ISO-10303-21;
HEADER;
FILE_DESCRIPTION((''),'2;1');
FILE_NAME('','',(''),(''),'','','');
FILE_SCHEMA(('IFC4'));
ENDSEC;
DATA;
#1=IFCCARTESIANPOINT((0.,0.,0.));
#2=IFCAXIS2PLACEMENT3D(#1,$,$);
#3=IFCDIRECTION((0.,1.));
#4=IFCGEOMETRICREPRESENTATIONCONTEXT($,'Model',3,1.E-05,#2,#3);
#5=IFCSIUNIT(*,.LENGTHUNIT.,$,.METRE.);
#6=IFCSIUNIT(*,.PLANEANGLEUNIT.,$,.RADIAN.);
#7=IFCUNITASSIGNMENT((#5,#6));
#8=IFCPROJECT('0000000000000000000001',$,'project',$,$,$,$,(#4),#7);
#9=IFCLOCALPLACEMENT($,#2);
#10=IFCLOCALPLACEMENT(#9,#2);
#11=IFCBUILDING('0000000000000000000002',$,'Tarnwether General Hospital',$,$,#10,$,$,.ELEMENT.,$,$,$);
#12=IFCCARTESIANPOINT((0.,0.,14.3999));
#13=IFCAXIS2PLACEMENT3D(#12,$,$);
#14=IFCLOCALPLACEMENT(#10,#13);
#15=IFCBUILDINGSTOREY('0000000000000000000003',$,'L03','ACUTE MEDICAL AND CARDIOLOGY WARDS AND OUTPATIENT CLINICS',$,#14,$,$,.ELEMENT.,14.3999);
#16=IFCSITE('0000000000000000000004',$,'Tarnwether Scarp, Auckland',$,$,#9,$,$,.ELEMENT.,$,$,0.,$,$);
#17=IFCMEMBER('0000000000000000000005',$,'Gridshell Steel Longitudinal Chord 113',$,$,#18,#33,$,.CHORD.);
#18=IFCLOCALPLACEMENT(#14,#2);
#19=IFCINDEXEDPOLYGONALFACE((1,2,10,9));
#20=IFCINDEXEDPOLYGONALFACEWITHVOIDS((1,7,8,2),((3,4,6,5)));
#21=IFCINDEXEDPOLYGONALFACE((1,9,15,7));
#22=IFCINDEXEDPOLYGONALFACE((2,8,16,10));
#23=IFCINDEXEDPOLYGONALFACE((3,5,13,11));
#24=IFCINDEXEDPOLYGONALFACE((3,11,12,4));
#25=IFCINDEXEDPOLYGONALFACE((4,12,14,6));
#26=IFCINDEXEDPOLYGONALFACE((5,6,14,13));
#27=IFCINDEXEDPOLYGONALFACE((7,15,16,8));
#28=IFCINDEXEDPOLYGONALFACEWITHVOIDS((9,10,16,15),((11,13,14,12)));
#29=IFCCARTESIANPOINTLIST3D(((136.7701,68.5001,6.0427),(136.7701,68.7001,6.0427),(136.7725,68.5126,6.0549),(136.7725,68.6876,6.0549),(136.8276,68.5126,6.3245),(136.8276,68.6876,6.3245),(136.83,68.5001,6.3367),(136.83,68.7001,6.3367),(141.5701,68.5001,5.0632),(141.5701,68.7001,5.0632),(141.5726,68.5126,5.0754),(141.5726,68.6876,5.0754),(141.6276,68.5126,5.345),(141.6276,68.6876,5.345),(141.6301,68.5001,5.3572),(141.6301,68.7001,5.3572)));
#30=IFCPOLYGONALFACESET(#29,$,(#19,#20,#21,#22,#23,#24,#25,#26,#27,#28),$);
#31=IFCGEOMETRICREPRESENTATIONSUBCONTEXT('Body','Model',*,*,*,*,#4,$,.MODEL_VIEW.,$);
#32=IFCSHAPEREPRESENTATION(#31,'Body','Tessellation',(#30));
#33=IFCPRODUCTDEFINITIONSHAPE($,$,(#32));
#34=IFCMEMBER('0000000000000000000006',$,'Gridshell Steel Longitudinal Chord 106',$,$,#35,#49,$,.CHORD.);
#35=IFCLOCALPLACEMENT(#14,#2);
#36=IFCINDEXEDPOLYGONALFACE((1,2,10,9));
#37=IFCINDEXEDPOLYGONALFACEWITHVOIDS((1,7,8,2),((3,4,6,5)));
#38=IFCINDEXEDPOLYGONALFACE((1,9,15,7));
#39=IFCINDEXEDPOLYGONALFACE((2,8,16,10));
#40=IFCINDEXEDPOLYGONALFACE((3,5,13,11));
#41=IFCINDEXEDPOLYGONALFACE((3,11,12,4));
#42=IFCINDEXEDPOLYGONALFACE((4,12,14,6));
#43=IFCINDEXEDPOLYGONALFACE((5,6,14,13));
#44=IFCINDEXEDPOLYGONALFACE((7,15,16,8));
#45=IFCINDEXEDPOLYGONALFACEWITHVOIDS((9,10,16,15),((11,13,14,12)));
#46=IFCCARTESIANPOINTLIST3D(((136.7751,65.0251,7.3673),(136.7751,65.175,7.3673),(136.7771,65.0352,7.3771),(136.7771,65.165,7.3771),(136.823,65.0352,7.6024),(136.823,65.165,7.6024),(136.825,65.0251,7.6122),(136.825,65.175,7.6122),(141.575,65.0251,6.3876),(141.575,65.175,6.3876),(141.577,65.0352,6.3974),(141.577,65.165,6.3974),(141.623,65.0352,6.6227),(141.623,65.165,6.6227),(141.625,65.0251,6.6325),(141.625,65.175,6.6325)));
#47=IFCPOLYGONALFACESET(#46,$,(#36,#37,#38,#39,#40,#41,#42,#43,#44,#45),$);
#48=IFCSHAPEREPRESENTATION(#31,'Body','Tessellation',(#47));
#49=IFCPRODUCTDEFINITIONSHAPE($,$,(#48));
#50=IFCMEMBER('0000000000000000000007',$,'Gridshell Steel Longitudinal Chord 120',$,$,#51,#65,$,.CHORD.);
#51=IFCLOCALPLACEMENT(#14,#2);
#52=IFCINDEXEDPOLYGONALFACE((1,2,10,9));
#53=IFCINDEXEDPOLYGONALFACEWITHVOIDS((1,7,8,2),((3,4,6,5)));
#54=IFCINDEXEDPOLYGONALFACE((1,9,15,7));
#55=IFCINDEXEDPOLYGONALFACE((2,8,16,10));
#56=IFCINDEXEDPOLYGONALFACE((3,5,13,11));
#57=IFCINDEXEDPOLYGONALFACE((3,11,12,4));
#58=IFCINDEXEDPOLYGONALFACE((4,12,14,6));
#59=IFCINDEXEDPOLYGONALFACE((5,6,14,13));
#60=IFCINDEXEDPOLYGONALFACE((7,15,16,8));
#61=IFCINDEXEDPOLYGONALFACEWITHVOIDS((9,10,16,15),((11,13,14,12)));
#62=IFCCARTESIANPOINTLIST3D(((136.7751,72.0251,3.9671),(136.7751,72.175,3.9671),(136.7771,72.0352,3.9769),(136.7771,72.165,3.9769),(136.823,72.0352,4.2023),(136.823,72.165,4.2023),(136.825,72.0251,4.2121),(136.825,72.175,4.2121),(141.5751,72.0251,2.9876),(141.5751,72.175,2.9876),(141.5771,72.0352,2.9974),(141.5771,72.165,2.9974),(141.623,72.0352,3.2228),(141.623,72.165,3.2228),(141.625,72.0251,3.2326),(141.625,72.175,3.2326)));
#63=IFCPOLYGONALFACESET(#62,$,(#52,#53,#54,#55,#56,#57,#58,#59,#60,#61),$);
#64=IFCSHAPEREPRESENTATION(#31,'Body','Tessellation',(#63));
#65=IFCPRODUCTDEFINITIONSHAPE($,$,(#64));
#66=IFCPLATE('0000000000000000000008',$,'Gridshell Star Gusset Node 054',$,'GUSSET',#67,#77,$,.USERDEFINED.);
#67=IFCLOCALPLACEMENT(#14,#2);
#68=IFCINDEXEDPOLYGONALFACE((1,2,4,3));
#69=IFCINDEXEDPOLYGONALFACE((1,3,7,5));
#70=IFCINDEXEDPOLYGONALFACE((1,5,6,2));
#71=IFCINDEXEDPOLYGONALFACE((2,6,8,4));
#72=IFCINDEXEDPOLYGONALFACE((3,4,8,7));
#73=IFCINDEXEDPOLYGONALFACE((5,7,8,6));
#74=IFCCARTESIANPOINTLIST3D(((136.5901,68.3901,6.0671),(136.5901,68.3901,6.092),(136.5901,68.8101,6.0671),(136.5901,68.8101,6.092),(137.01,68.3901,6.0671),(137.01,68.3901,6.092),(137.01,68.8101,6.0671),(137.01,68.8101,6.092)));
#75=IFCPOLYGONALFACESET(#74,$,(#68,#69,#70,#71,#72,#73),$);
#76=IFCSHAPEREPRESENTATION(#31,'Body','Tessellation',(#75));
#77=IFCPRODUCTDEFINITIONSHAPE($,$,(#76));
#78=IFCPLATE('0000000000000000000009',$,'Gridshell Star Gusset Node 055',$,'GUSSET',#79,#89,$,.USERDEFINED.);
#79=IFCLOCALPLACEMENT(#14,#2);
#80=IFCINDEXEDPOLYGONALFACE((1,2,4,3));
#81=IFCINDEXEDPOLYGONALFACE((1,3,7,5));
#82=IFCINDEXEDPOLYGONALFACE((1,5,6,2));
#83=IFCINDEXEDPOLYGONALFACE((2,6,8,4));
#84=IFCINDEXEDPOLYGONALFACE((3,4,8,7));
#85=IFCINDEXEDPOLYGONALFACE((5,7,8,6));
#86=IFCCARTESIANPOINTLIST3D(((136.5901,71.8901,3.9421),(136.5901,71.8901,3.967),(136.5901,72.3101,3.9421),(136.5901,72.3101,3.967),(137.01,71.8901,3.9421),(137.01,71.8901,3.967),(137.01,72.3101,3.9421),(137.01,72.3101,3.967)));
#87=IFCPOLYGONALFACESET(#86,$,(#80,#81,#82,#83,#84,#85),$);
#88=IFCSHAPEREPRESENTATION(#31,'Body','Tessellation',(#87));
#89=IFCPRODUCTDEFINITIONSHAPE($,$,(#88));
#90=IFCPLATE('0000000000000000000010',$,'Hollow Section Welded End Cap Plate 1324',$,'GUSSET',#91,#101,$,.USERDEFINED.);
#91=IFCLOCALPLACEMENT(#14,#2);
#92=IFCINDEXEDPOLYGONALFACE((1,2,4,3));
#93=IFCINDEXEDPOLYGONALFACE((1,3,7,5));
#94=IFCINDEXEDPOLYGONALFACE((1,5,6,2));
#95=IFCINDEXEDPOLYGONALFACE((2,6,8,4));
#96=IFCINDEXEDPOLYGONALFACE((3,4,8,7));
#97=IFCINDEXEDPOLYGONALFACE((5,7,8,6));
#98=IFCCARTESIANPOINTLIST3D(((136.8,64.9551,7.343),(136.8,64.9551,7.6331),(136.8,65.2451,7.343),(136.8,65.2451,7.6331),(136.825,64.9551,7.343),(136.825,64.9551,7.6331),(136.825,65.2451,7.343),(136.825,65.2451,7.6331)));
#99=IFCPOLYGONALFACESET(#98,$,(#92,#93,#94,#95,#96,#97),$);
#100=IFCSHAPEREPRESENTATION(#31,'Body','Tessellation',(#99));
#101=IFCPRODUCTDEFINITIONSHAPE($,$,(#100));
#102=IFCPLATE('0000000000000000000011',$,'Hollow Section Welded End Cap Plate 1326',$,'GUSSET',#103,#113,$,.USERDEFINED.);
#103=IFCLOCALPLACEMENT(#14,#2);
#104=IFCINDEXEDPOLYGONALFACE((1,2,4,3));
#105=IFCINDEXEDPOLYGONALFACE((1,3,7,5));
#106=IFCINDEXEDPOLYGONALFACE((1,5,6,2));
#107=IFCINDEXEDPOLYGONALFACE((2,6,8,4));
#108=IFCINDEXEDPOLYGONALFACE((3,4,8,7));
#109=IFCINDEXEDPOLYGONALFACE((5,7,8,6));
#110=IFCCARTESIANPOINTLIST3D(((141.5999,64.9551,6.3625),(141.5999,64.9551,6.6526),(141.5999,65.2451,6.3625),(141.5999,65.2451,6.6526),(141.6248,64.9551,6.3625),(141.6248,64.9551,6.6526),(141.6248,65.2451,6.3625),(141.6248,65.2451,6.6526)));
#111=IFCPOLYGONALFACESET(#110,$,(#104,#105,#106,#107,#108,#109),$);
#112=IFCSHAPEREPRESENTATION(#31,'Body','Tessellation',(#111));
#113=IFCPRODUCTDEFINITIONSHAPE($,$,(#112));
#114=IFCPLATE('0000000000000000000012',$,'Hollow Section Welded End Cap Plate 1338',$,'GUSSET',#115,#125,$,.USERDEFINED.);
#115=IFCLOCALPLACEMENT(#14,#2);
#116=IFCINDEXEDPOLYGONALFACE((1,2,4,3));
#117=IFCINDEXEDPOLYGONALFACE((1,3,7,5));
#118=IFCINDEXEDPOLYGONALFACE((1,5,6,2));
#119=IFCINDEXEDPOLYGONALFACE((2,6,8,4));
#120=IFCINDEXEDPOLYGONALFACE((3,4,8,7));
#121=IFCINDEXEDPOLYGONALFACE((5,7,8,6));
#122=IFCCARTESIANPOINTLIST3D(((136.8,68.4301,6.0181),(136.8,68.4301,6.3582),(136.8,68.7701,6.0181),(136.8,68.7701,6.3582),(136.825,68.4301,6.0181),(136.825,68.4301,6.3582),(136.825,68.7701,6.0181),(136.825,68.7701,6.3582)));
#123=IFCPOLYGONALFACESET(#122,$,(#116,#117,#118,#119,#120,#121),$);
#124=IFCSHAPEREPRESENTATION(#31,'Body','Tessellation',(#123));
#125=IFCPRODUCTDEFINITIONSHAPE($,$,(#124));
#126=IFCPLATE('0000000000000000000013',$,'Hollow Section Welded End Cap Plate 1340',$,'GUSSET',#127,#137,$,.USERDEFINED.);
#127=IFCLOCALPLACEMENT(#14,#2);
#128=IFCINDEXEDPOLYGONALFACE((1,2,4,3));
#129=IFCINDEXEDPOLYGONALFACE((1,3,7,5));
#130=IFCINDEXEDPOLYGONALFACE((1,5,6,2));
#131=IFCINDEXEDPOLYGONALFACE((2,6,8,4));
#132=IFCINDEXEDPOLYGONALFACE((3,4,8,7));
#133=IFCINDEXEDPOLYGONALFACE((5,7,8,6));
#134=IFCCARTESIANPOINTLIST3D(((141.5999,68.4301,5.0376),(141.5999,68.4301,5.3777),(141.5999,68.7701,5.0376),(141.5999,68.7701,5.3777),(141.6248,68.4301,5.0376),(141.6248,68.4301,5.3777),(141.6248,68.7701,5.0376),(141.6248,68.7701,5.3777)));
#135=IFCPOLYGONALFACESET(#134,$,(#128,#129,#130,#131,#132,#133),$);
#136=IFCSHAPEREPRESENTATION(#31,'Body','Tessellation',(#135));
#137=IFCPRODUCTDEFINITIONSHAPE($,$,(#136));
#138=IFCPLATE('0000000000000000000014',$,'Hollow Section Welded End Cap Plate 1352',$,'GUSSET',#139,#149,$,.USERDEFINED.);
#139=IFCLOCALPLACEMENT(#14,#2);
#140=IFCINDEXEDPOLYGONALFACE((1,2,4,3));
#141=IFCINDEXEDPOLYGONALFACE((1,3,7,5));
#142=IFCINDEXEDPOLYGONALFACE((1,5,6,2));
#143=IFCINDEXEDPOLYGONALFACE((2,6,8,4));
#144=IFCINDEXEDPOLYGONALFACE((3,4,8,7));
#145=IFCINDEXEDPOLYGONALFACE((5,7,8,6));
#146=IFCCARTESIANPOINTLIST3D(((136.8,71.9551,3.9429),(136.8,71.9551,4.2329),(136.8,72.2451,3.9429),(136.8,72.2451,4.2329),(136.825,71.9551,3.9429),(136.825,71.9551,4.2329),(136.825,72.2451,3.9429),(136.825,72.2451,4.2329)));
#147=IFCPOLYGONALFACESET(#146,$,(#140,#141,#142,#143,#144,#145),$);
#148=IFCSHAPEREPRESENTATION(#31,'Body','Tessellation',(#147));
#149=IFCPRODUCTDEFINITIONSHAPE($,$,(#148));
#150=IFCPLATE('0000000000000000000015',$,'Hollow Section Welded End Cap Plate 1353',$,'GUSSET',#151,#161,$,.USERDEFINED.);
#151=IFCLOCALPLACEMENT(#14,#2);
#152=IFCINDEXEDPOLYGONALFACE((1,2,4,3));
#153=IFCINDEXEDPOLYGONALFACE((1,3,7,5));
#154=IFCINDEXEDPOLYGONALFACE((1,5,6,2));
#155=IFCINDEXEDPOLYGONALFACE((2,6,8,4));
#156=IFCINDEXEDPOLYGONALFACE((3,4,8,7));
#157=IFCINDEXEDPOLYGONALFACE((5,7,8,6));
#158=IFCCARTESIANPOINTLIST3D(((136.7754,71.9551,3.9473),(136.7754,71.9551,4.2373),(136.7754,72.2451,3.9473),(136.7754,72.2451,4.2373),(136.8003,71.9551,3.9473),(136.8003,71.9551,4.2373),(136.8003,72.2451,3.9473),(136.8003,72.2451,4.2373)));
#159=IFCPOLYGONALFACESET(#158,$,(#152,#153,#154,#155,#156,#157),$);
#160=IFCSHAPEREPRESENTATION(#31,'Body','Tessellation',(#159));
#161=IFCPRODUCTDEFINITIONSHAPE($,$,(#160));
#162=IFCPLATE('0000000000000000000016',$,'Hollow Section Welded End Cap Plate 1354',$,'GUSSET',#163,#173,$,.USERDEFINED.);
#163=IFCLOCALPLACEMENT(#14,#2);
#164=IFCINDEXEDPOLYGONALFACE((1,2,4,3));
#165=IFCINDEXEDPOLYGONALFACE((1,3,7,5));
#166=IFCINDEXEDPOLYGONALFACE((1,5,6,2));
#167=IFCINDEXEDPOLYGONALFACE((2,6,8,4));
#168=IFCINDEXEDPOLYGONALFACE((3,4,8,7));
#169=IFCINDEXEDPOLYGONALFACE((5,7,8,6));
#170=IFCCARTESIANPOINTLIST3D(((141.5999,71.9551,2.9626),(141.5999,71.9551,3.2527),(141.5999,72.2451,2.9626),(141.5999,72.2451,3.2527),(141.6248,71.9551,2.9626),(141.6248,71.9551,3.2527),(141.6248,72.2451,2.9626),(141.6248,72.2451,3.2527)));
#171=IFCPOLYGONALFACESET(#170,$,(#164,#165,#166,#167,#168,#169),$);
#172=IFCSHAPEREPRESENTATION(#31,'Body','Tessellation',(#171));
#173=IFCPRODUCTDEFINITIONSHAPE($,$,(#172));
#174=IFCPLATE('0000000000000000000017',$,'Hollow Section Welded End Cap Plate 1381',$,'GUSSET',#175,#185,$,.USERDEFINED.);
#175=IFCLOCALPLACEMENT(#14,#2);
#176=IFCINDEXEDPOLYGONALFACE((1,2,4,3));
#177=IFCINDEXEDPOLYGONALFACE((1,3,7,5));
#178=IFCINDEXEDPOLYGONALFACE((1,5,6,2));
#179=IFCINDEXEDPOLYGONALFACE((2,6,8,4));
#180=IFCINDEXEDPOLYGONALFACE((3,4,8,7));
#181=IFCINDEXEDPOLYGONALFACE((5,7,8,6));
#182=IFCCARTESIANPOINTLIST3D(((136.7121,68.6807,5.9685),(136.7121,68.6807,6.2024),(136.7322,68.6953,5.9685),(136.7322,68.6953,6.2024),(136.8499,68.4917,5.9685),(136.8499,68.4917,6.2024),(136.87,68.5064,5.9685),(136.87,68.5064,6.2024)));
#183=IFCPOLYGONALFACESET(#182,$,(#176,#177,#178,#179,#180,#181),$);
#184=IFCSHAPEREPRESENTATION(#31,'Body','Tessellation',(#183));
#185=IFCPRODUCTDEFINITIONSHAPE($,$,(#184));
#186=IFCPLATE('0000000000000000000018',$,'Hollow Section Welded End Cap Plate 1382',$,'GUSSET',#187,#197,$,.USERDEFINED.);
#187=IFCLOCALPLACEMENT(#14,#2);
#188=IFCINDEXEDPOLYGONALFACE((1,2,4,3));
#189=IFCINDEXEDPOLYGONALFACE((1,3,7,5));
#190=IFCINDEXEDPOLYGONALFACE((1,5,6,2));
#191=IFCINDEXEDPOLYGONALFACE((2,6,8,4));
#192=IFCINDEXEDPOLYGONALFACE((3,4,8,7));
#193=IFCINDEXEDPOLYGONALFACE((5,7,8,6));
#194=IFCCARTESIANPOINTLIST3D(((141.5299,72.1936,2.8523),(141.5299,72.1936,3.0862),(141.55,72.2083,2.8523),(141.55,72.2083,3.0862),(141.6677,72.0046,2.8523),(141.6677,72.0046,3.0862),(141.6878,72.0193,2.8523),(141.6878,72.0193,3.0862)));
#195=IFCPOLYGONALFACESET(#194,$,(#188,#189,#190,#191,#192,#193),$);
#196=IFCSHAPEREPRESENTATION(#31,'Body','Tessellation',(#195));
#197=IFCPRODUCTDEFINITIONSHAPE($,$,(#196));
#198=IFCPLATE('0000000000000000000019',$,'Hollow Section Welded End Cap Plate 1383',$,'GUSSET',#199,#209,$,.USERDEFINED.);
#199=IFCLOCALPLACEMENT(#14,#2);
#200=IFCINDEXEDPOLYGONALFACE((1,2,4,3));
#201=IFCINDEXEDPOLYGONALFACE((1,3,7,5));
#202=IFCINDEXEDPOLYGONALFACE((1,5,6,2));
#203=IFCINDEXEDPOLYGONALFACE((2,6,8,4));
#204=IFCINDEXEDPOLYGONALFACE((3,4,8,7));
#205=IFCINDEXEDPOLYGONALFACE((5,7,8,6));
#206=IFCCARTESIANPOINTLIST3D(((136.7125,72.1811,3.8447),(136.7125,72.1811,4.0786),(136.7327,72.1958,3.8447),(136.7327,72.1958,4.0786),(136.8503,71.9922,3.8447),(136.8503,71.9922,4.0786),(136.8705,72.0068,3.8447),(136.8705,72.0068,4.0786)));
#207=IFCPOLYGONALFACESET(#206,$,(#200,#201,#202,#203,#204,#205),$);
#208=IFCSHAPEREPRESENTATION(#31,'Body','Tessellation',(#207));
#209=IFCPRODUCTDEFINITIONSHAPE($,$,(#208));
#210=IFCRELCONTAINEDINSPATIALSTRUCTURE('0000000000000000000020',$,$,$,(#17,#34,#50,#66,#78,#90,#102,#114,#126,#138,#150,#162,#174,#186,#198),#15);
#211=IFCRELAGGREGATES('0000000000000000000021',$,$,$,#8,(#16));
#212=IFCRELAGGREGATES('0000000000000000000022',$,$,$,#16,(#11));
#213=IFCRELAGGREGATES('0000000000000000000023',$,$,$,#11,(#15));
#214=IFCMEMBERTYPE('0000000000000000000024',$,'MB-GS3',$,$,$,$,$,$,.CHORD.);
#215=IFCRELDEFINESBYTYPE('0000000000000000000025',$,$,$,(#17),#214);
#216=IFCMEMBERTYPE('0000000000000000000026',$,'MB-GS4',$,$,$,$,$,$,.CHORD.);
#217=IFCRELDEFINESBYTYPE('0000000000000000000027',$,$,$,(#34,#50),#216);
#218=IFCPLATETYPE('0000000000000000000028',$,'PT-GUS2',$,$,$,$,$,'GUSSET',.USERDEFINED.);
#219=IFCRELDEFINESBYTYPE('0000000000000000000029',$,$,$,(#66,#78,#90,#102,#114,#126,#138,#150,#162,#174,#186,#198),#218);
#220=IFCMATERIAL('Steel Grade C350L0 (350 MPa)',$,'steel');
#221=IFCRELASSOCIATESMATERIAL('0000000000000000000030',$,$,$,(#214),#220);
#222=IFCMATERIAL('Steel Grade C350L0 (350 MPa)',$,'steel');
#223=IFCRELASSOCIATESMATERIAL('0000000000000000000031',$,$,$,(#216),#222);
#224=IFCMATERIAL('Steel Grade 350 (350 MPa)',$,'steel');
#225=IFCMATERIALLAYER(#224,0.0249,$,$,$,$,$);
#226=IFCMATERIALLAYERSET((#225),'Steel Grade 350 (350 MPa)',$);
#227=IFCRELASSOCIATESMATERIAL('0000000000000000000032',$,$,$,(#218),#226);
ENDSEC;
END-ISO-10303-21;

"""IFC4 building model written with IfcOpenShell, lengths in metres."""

from ifc_helpers import new_model, si_unit, direction, frame, origin, origin_2d, place, context, subcontext, project, spatial, rectangle, hollow_rectangle, extrude, material, layer, layer_set, material_profile, profile_set, type_object, element, save


model = new_model("IFC4")

# Units and contexts
model_context = context("Model", 3, precision=1e-05, world=origin(), true_north=direction((0.0, 1.0)))
body_context = subcontext(model_context, "Body", "Model", "MODEL_VIEW")
ifc_project = project(units=[si_unit("LENGTHUNIT", "METRE"), si_unit("PLANEANGLEUNIT", "RADIAN")], contexts=[model_context])

# Site, building, storey
site_placement = place(None, origin())
site = spatial("IfcSite", under=ifc_project, at=site_placement, Name="Tarnwether Scarp, Auckland", CompositionType="ELEMENT", RefElevation=0.0)
building_placement = place(site_placement, origin())
building = spatial("IfcBuilding", under=site, at=building_placement, Name="Tarnwether General Hospital", CompositionType="ELEMENT")
storey_placement = place(building_placement, frame((0.0, 0.0, 14.3999)))
storey = spatial("IfcBuildingStorey", under=building, at=storey_placement, Name="L03", Description="ACUTE MEDICAL AND CARDIOLOGY WARDS AND OUTPATIENT CLINICS", CompositionType="ELEMENT", Elevation=14.3999)

# Members
ifc_material_1 = material(Name="Steel Grade C350L0 (350 MPa)", Category="steel")
ifc_material_profile_1 = material_profile(ifc_material_1, hollow_rectangle(XDim=0.2, YDim=0.3, WallThickness=0.0125, at=origin_2d()), Name="RHS300x200x12.5")
ifc_profile_set_1 = profile_set([ifc_material_profile_1], Name="Steel Grade C350L0 (350 MPa)")
member_type_1 = type_object("IfcMemberType", Name="MB-GS3", PredefinedType="CHORD", material=ifc_profile_set_1)
member_1_placement = place(storey_placement, frame((136.8, 68.6001, 6.1897), z_axis=(0.979808, 0.0, -0.199939), x_axis=(0.0, 1.0, 0.0)))
element("IfcMember", 1, at=member_1_placement, inside=storey, type_object=member_type_1, Name="Gridshell Steel Longitudinal Chord 113", PredefinedType="CHORD", context=body_context, shape_type="SweptSolid", body=[
    extrude(hollow_rectangle(XDim=0.2, YDim=0.3, WallThickness=0.0125, at=origin_2d()), origin(), (0.0, 0.0, 1.0), 4.8989),
])
ifc_material_2 = material(Name="Steel Grade C350L0 (350 MPa)", Category="steel")
ifc_material_profile_2 = material_profile(ifc_material_2, hollow_rectangle(XDim=0.1499, YDim=0.25, WallThickness=0.01, at=origin_2d()), Name="RHS250x150x10")
ifc_profile_set_2 = profile_set([ifc_material_profile_2], Name="Steel Grade C350L0 (350 MPa)")
member_type_2 = type_object("IfcMemberType", Name="MB-GS4", PredefinedType="CHORD", material=ifc_profile_set_2)
for number, where, z_axis, x_axis, name in (
    (2, (136.8, 65.1001, 7.4897), (0.979799, 0.0, -0.199986), (0.0, 1.0, 0.0), "Gridshell Steel Longitudinal Chord 106"),
    (3, (136.8, 72.1001, 4.0896), (0.979808, 0.0, -0.199939), (0.0, 1.0, 0.0), "Gridshell Steel Longitudinal Chord 120"),
):
    element("IfcMember", number, at=place(storey_placement, frame(where, z_axis=z_axis, x_axis=x_axis)), inside=storey, type_object=member_type_2, Name=name, PredefinedType="CHORD", context=body_context, shape_type="SweptSolid", body=[
        extrude(hollow_rectangle(XDim=0.1499, YDim=0.25, WallThickness=0.01, at=origin_2d()), origin(), (0.0, 0.0, 1.0), 4.8989),
    ])

# Plates
ifc_material_3 = material(Name="Steel Grade 350 (350 MPa)", Category="steel")
ifc_layer_1 = layer(ifc_material_3, 0.0249)
ifc_layer_set_1 = layer_set([ifc_layer_1], Name="Steel Grade 350 (350 MPa)")
plate_type = type_object("IfcPlateType", Name="PT-GUS2", ElementType="GUSSET", PredefinedType="USERDEFINED", material=ifc_layer_set_1)
for number, where, z_axis, x_axis, name in (
    (4, (136.8, 68.6001, 6.0671), (0.0, 0.0, 1.0), (1.0, 0.0, 0.0), "Gridshell Star Gusset Node 054"),
    (5, (136.8, 72.1001, 3.9421), (0.0, 0.0, 1.0), (1.0, 0.0, 0.0), "Gridshell Star Gusset Node 055"),
):
    element("IfcPlate", number, at=place(storey_placement, frame(where, z_axis=z_axis, x_axis=x_axis)), inside=storey, type_object=plate_type, Name=name, ObjectType="GUSSET", PredefinedType="USERDEFINED", context=body_context, shape_type="SweptSolid", body=[
        extrude(rectangle(XDim=0.4199, YDim=0.4199, at=origin_2d()), origin(), (0.0, 0.0, 1.0), 0.0249),
    ])
for number, where, z_axis, x_axis, name in (
    (6, (136.8125, 65.1001, 7.343), (0.0, 0.0, 1.0), (1.0, 0.0, 0.0), "Hollow Section Welded End Cap Plate 1324"),
    (7, (141.6123, 65.1001, 6.3625), (0.0, 0.0, 1.0), (1.0, 0.0, 0.0), "Hollow Section Welded End Cap Plate 1326"),
):
    element("IfcPlate", number, at=place(storey_placement, frame(where, z_axis=z_axis, x_axis=x_axis)), inside=storey, type_object=plate_type, Name=name, ObjectType="GUSSET", PredefinedType="USERDEFINED", context=body_context, shape_type="SweptSolid", body=[
        extrude(rectangle(XDim=0.0249, YDim=0.29, at=origin_2d()), origin(), (0.0, 0.0, 1.0), 0.29),
    ])
for number, where, z_axis, x_axis, name in (
    (8, (136.8125, 68.6001, 6.0181), (0.0, 0.0, 1.0), (1.0, 0.0, 0.0), "Hollow Section Welded End Cap Plate 1338"),
    (9, (141.6123, 68.6001, 5.0376), (0.0, 0.0, 1.0), (1.0, 0.0, 0.0), "Hollow Section Welded End Cap Plate 1340"),
):
    element("IfcPlate", number, at=place(storey_placement, frame(where, z_axis=z_axis, x_axis=x_axis)), inside=storey, type_object=plate_type, Name=name, ObjectType="GUSSET", PredefinedType="USERDEFINED", context=body_context, shape_type="SweptSolid", body=[
        extrude(rectangle(XDim=0.0249, YDim=0.3401, at=origin_2d()), origin(), (0.0, 0.0, 1.0), 0.3401),
    ])
for number, where, z_axis, x_axis, name in (
    (10, (136.8125, 72.1001, 3.9429), (0.0, 0.0, 1.0), (1.0, 0.0, 0.0), "Hollow Section Welded End Cap Plate 1352"),
    (11, (136.7878, 72.1001, 3.9473), (0.0, 0.0, 1.0), (1.0, 0.0, 0.0), "Hollow Section Welded End Cap Plate 1353"),
    (12, (141.6123, 72.1001, 2.9626), (0.0, 0.0, 1.0), (1.0, 0.0, 0.0), "Hollow Section Welded End Cap Plate 1354"),
):
    element("IfcPlate", number, at=place(storey_placement, frame(where, z_axis=z_axis, x_axis=x_axis)), inside=storey, type_object=plate_type, Name=name, ObjectType="GUSSET", PredefinedType="USERDEFINED", context=body_context, shape_type="SweptSolid", body=[
        extrude(rectangle(XDim=0.0249, YDim=0.29, at=origin_2d()), origin(), (0.0, 0.0, 1.0), 0.29),
    ])
for number, where, z_axis, x_axis, name in (
    (13, (136.791, 68.5935, 5.9685), (0.0, 0.0, 1.0), (0.80801, 0.589168, 0.0), "Hollow Section Welded End Cap Plate 1381"),
    (14, (141.6089, 72.1064, 2.8523), (0.0, 0.0, 1.0), (0.80801, 0.589168, 0.0), "Hollow Section Welded End Cap Plate 1382"),
    (15, (136.7915, 72.094, 3.8447), (0.0, 0.0, 1.0), (0.80801, 0.589168, 0.0), "Hollow Section Welded End Cap Plate 1383"),
):
    element("IfcPlate", number, at=place(storey_placement, frame(where, z_axis=z_axis, x_axis=x_axis)), inside=storey, type_object=plate_type, Name=name, ObjectType="GUSSET", PredefinedType="USERDEFINED", context=body_context, shape_type="SweptSolid", body=[
        extrude(rectangle(XDim=0.0249, YDim=0.2339, at=origin_2d()), origin(), (0.0, 0.0, 1.0), 0.2339),
    ])

save(model, "model.ifc")
